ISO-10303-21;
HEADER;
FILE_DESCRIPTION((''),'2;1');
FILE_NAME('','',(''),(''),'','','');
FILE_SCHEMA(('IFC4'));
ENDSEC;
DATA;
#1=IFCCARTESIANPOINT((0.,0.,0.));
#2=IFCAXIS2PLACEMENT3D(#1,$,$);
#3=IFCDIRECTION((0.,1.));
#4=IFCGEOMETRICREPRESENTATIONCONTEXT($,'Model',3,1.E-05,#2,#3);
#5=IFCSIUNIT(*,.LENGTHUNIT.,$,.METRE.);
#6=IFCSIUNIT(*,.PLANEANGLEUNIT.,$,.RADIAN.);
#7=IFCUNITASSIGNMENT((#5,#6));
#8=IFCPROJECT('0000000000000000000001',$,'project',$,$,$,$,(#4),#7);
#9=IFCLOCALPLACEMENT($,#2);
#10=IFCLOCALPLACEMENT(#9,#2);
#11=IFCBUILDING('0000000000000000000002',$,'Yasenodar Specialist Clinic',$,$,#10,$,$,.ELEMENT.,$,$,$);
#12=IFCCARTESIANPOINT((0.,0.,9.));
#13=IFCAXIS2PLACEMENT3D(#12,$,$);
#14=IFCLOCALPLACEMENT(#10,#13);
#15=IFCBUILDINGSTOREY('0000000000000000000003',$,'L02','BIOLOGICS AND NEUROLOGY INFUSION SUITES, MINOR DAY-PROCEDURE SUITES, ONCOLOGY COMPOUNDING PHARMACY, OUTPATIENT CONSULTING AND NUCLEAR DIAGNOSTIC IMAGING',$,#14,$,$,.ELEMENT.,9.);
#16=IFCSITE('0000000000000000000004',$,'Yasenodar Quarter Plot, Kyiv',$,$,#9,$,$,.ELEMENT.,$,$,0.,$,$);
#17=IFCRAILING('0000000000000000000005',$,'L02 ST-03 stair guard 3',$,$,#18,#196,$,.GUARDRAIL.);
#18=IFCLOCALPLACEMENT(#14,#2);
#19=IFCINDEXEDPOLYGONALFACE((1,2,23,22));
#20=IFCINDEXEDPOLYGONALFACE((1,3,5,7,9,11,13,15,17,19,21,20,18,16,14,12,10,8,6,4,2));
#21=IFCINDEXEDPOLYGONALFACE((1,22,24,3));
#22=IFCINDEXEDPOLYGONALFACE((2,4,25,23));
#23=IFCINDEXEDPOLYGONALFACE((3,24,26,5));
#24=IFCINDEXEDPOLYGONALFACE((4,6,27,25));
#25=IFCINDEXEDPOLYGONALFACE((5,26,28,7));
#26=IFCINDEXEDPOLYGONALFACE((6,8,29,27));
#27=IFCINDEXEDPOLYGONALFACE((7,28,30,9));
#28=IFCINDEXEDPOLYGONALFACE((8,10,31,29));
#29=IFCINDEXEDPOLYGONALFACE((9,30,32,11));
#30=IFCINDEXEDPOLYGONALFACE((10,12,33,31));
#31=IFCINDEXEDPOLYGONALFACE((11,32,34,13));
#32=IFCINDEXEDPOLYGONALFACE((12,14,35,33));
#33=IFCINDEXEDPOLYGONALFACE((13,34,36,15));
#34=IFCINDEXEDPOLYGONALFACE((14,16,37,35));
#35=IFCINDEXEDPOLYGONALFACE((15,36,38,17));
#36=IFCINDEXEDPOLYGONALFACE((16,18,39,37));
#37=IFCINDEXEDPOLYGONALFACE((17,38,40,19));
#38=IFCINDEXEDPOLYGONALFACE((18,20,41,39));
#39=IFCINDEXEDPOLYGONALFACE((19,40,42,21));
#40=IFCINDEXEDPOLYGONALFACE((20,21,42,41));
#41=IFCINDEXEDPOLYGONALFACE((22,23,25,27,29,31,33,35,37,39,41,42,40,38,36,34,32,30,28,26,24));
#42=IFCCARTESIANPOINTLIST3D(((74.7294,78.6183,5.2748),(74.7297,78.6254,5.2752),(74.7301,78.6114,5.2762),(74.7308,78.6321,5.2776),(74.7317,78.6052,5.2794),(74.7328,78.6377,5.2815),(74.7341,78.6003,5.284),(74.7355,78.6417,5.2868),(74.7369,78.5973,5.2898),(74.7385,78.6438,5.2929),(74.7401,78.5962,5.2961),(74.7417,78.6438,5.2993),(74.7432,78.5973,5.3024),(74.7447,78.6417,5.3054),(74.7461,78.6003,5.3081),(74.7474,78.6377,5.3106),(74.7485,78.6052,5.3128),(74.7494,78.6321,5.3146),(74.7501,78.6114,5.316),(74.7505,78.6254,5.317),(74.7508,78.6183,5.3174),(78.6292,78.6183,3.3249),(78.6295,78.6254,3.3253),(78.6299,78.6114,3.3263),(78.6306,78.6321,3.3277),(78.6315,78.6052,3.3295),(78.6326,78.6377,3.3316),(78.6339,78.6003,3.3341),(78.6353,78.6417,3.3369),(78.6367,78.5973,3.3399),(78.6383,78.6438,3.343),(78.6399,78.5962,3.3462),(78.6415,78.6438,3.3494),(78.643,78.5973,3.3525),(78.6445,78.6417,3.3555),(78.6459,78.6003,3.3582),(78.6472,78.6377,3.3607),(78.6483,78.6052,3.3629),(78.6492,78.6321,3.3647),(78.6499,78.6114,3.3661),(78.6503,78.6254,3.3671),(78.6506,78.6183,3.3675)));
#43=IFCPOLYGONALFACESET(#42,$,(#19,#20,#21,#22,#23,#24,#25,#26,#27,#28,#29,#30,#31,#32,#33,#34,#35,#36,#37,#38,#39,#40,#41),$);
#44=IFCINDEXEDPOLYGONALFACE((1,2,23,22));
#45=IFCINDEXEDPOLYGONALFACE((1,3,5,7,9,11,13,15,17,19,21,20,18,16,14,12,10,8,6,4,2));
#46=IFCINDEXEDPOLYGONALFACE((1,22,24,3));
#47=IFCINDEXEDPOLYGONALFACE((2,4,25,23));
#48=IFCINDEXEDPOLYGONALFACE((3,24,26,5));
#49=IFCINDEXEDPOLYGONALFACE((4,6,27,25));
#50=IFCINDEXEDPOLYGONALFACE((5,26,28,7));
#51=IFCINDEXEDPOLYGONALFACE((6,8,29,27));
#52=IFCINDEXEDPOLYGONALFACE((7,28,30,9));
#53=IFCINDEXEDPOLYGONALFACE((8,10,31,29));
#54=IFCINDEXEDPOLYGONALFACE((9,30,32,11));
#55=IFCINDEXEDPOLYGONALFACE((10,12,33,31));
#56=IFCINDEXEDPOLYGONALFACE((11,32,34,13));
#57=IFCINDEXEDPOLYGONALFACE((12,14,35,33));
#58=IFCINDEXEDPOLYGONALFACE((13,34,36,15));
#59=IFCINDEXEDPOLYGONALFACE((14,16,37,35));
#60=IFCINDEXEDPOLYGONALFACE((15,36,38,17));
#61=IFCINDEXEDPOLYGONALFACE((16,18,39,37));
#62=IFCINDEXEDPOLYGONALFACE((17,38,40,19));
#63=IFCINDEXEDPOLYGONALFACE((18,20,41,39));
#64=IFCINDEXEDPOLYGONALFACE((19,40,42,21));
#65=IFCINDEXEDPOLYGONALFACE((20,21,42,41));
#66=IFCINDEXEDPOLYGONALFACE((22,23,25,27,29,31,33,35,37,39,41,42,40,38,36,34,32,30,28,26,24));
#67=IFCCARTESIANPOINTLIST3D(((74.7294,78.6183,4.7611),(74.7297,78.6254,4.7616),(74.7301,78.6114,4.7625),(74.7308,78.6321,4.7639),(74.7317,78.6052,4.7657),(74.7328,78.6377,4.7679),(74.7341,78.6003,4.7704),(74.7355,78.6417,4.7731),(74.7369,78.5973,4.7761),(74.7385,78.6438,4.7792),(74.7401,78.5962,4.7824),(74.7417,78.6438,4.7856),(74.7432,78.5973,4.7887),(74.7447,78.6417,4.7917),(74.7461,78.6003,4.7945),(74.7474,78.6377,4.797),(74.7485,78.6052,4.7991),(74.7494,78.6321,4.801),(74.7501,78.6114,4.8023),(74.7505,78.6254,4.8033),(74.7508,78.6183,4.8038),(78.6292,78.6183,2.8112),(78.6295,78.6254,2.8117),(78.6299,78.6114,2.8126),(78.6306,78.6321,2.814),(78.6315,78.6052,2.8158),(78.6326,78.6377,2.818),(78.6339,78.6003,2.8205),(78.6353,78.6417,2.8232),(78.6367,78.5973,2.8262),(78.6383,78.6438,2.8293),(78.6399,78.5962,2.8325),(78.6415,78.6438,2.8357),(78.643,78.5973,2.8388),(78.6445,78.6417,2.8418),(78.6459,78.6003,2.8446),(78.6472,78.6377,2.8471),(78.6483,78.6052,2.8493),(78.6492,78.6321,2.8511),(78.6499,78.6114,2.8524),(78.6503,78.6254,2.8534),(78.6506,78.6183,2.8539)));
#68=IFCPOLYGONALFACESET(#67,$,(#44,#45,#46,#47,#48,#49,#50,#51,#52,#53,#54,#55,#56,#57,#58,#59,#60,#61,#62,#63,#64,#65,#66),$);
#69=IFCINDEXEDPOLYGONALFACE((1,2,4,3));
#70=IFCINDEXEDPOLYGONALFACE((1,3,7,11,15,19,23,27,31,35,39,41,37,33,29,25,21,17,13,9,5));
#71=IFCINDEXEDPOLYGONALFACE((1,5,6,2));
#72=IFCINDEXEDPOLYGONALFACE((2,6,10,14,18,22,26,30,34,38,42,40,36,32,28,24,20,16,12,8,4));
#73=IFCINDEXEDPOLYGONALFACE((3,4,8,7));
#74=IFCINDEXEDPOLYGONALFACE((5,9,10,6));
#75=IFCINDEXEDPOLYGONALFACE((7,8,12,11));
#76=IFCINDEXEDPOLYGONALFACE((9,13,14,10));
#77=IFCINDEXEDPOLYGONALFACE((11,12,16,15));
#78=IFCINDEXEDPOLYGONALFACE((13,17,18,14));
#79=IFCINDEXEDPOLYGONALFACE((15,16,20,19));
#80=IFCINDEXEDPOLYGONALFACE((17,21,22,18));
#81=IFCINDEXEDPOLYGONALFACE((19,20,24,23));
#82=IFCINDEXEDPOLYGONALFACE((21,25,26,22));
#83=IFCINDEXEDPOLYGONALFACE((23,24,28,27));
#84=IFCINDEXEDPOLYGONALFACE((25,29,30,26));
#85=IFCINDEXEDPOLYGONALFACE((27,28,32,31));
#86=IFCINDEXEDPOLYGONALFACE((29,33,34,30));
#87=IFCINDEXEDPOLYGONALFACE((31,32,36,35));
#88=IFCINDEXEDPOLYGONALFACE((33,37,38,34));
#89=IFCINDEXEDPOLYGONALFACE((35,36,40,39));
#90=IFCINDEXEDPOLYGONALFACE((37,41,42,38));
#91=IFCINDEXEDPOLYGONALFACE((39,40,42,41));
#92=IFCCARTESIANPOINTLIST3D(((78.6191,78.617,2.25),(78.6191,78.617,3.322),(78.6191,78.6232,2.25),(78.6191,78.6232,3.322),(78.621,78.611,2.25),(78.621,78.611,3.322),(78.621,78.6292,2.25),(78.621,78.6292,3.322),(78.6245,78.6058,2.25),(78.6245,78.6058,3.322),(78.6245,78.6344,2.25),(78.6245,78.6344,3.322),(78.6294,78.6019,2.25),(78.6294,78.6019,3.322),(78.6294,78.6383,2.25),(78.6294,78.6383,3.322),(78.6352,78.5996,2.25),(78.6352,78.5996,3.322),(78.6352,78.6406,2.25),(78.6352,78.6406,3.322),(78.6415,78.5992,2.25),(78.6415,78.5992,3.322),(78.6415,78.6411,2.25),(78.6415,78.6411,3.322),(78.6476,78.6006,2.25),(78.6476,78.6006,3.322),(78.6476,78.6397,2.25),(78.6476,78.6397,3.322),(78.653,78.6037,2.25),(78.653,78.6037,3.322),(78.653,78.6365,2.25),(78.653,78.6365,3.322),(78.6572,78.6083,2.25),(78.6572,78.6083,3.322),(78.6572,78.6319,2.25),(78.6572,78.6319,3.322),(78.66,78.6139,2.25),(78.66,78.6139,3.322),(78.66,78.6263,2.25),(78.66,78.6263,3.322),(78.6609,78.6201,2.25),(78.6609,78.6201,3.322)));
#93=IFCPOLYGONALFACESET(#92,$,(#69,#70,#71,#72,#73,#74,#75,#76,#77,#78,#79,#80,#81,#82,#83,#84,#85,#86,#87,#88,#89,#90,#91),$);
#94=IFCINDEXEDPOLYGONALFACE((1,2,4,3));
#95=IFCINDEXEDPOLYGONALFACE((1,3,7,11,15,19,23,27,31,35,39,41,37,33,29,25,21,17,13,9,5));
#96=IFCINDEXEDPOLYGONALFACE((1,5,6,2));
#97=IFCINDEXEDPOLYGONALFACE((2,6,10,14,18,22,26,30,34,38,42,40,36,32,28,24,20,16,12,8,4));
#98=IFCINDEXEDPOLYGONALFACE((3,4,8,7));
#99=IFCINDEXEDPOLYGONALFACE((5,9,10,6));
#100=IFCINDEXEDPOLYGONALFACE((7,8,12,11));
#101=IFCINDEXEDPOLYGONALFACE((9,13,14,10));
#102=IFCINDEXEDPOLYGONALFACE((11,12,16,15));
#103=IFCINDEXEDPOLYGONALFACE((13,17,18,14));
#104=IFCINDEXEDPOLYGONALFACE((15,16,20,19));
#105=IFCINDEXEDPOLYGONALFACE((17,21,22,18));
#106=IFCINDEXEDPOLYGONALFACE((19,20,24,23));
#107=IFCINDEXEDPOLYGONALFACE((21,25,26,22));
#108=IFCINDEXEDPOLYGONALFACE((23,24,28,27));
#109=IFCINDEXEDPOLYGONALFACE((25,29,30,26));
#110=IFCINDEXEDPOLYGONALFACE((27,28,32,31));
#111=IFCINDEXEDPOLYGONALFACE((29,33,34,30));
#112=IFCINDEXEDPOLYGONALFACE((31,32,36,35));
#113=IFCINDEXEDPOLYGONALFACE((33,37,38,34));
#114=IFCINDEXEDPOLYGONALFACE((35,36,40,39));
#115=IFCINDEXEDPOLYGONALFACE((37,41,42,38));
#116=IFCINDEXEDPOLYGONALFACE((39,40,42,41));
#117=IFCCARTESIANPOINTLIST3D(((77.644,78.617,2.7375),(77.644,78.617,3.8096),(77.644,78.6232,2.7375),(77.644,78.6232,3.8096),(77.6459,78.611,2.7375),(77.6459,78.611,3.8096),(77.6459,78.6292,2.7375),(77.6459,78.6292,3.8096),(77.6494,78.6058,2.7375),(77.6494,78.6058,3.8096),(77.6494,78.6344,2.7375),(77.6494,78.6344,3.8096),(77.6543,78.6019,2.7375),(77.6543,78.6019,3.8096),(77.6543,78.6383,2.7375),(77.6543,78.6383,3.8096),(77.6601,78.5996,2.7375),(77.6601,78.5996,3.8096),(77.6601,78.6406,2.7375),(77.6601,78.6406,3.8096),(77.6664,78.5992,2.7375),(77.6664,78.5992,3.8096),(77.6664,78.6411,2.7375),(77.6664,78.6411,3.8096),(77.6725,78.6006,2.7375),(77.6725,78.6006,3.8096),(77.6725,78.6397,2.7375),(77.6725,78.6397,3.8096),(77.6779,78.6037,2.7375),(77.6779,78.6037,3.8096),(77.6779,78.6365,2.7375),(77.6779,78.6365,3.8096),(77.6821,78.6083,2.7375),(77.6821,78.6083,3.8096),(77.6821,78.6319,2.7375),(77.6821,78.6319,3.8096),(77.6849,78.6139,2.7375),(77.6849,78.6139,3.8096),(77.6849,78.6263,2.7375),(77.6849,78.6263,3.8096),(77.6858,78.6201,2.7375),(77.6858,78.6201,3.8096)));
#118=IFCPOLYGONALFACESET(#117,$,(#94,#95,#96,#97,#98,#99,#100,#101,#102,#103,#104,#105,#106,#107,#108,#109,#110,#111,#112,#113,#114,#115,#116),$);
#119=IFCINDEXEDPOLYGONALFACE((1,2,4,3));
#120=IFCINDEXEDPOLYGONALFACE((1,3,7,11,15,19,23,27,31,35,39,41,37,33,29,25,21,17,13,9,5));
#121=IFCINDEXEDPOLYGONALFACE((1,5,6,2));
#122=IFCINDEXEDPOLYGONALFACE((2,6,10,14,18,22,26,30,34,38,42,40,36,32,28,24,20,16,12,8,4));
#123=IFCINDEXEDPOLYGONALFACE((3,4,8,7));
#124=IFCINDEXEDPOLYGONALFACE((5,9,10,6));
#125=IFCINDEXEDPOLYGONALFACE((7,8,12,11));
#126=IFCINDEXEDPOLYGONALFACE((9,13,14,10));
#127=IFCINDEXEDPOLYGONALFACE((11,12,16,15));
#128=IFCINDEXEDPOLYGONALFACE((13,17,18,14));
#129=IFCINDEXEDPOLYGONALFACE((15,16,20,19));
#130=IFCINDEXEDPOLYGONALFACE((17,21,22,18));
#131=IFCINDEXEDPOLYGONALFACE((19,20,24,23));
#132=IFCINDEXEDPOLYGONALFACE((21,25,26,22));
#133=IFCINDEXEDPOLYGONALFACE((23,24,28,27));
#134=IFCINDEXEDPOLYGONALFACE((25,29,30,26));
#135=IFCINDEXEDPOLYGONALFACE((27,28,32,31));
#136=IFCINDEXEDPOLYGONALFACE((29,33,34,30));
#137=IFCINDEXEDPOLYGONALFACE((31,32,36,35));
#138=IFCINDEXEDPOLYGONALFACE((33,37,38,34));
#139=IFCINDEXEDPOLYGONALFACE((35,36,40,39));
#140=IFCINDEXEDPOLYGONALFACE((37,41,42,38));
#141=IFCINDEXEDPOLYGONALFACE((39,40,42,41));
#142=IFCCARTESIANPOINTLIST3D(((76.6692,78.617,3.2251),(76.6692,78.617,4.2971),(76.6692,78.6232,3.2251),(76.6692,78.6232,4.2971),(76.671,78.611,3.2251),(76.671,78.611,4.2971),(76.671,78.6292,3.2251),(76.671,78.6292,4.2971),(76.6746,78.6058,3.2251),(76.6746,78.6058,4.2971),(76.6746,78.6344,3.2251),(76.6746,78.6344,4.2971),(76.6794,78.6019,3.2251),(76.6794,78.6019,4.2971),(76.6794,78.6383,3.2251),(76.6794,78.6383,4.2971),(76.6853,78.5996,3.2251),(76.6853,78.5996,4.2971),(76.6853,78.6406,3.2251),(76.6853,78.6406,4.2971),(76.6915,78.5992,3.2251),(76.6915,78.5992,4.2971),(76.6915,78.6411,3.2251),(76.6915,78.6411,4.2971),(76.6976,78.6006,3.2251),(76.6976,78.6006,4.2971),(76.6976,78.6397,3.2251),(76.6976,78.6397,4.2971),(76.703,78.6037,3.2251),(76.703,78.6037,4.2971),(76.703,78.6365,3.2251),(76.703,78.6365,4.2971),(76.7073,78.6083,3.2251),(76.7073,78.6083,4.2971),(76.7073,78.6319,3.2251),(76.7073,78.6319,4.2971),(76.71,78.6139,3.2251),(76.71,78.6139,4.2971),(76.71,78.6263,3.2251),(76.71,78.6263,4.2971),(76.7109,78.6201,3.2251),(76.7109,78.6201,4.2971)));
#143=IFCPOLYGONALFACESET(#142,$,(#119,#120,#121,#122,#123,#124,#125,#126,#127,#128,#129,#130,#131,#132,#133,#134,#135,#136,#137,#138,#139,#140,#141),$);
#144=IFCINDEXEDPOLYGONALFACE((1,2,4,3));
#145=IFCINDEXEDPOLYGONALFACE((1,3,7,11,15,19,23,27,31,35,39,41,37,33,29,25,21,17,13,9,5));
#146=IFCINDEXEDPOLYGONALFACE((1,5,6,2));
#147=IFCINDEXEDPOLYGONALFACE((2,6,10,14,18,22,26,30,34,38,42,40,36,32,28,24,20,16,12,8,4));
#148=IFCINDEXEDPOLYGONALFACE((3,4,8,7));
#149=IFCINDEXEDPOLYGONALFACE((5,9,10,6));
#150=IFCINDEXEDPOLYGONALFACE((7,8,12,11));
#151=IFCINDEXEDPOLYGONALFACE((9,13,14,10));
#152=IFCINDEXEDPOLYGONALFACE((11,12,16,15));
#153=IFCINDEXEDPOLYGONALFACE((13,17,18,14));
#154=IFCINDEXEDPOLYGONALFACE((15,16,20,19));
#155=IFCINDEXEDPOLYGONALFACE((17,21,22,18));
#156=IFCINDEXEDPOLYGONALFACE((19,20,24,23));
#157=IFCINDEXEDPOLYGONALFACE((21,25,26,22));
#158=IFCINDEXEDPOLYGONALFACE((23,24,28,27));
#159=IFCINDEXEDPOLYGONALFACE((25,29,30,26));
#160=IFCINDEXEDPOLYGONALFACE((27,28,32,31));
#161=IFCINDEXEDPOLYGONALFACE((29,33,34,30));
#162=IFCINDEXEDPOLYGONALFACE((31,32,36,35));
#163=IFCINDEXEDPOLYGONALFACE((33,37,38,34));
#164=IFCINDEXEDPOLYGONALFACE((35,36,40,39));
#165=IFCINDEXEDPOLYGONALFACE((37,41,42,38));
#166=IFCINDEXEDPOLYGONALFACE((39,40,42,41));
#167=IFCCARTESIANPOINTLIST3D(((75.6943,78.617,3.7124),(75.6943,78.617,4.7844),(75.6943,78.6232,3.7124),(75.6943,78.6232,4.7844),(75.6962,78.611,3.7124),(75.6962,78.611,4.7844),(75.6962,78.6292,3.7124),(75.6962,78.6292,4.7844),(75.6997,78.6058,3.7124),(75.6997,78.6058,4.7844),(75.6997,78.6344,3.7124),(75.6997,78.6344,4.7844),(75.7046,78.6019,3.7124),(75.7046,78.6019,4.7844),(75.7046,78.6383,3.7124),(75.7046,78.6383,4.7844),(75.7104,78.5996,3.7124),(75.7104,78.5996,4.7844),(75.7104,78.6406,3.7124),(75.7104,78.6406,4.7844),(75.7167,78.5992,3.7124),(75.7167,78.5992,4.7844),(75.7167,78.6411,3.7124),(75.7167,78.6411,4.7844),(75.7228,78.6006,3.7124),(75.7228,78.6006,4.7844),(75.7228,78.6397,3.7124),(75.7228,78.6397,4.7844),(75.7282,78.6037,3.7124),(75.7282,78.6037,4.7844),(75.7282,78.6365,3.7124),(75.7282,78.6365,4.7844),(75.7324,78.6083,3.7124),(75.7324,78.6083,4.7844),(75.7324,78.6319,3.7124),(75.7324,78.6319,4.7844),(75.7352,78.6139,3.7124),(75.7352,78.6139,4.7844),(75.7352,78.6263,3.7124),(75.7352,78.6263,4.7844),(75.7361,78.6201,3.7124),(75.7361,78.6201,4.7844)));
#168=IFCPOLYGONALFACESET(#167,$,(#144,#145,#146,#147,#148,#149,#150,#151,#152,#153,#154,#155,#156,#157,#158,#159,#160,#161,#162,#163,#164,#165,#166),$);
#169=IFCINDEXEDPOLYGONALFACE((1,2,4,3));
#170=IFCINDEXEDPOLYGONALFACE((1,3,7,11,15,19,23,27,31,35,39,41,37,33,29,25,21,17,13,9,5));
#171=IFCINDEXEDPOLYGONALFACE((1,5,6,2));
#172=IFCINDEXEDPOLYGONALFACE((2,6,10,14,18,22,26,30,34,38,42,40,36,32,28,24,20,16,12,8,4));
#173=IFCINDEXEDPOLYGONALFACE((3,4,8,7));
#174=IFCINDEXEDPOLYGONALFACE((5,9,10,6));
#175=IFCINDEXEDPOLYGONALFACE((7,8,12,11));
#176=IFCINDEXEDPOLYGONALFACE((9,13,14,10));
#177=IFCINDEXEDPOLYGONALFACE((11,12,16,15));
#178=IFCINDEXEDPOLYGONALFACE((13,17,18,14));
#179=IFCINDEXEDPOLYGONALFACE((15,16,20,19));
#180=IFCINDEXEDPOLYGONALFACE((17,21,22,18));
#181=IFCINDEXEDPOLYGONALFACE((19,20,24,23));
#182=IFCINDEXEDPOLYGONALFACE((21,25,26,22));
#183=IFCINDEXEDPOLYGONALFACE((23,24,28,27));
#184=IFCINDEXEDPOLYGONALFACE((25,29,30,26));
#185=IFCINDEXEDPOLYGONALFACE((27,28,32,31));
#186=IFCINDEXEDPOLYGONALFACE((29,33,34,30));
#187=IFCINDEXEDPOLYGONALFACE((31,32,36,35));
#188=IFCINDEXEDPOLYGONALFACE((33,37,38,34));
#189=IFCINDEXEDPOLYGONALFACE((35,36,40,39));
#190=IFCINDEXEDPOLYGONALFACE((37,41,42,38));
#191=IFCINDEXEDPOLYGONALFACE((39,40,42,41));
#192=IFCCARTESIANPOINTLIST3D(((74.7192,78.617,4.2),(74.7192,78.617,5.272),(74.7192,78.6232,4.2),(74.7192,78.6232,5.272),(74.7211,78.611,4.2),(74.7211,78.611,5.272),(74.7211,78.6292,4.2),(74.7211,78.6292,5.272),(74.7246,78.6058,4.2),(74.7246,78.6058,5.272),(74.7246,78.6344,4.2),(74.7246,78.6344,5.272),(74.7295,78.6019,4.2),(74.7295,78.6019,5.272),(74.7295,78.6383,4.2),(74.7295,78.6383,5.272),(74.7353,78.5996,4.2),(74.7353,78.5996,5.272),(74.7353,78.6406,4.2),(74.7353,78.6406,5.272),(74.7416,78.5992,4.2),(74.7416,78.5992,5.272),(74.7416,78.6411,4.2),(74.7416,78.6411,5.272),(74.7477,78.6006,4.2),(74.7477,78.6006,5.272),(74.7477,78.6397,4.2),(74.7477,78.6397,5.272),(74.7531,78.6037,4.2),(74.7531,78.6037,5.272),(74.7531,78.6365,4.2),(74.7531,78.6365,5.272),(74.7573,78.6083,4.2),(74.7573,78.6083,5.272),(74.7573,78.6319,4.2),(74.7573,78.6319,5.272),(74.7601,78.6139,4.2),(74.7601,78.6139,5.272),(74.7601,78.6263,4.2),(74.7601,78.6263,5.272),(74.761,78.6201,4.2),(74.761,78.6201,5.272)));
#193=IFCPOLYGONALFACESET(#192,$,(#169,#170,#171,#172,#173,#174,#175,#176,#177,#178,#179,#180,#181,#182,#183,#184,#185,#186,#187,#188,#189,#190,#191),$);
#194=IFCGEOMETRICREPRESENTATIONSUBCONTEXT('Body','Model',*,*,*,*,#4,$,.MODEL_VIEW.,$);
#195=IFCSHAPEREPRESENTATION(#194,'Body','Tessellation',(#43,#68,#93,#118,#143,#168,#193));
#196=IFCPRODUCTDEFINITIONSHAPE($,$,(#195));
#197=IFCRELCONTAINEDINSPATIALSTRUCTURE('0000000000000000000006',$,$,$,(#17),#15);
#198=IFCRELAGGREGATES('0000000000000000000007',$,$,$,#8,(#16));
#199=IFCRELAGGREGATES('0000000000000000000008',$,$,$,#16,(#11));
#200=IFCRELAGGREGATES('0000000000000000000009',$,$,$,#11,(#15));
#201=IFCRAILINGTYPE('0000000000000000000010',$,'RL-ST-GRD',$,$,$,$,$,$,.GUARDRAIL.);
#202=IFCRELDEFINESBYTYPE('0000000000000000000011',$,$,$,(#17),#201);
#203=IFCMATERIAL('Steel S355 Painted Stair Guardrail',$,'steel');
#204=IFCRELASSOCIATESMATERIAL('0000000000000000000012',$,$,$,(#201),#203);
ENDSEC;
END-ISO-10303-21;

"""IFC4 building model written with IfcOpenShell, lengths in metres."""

from ifc_helpers import new_model, si_unit, direction, frame, origin, origin_2d, place, context, subcontext, project, spatial, circle, extrude, material, type_object, element, save


model = new_model("IFC4")

# Units and contexts
model_context = context("Model", 3, precision=1e-05, world=origin(), true_north=direction((0.0, 1.0)))
body_context = subcontext(model_context, "Body", "Model", "MODEL_VIEW")
ifc_project = project(units=[si_unit("LENGTHUNIT", "METRE"), si_unit("PLANEANGLEUNIT", "RADIAN")], contexts=[model_context])

# Site, building, storey
site_placement = place(None, origin())
site = spatial("IfcSite", under=ifc_project, at=site_placement, Name="Yasenodar Quarter Plot, Kyiv", CompositionType="ELEMENT", RefElevation=0.0)
building_placement = place(site_placement, origin())
building = spatial("IfcBuilding", under=site, at=building_placement, Name="Yasenodar Specialist Clinic", CompositionType="ELEMENT")
storey_placement = place(building_placement, frame((0.0, 0.0, 9.0)))
storey = spatial("IfcBuildingStorey", under=building, at=storey_placement, Name="L02", Description="BIOLOGICS AND NEUROLOGY INFUSION SUITES, MINOR DAY-PROCEDURE SUITES, ONCOLOGY COMPOUNDING PHARMACY, OUTPATIENT CONSULTING AND NUCLEAR DIAGNOSTIC IMAGING", CompositionType="ELEMENT", Elevation=9.0)

# Railing
ifc_material_1 = material(Name="Steel S355 Painted Stair Guardrail", Category="steel")
railing_type_1 = type_object("IfcRailingType", Name="RL-ST-GRD", PredefinedType="GUARDRAIL", material=ifc_material_1)
railing_1_placement = place(storey_placement, frame((78.6399, 78.6201, 2.25)))
element("IfcRailing", 1, at=railing_1_placement, inside=storey, type_object=railing_type_1, Name="L02 ST-03 stair guard 3", PredefinedType="GUARDRAIL", context=body_context, shape_type="SweptSolid", body=[
    extrude(circle(Radius=0.0239, at=origin_2d()), frame((0.0, 0.0, 1.0962), z_axis=(-0.894427, 0.0, 0.447214), x_axis=(0.0, -1.0, 0.0)), (0.0, 0.0, 1.0), 4.3601),
    extrude(circle(Radius=0.0239, at=origin_2d()), frame((0.0, 0.0, 0.5825), z_axis=(-0.894427, 0.0, 0.447214), x_axis=(0.0, -1.0, 0.0)), (0.0, 0.0, 1.0), 4.3601),
    extrude(circle(Radius=0.021, at=origin_2d()), origin(), (0.0, 0.0, 1.0), 1.072),
    extrude(circle(Radius=0.021, at=origin_2d()), frame((-0.9751, 0.0, 0.4875)), (0.0, 0.0, 1.0), 1.072),
    extrude(circle(Radius=0.021, at=origin_2d()), frame((-1.95, 0.0, 0.9751)), (0.0, 0.0, 1.0), 1.072),
    extrude(circle(Radius=0.021, at=origin_2d()), frame((-2.9248, 0.0, 1.4624)), (0.0, 0.0, 1.0), 1.072),
    extrude(circle(Radius=0.021, at=origin_2d()), frame((-3.8999, 0.0, 1.95)), (0.0, 0.0, 1.0), 1.072),
])

save(model, "model.ifc")
